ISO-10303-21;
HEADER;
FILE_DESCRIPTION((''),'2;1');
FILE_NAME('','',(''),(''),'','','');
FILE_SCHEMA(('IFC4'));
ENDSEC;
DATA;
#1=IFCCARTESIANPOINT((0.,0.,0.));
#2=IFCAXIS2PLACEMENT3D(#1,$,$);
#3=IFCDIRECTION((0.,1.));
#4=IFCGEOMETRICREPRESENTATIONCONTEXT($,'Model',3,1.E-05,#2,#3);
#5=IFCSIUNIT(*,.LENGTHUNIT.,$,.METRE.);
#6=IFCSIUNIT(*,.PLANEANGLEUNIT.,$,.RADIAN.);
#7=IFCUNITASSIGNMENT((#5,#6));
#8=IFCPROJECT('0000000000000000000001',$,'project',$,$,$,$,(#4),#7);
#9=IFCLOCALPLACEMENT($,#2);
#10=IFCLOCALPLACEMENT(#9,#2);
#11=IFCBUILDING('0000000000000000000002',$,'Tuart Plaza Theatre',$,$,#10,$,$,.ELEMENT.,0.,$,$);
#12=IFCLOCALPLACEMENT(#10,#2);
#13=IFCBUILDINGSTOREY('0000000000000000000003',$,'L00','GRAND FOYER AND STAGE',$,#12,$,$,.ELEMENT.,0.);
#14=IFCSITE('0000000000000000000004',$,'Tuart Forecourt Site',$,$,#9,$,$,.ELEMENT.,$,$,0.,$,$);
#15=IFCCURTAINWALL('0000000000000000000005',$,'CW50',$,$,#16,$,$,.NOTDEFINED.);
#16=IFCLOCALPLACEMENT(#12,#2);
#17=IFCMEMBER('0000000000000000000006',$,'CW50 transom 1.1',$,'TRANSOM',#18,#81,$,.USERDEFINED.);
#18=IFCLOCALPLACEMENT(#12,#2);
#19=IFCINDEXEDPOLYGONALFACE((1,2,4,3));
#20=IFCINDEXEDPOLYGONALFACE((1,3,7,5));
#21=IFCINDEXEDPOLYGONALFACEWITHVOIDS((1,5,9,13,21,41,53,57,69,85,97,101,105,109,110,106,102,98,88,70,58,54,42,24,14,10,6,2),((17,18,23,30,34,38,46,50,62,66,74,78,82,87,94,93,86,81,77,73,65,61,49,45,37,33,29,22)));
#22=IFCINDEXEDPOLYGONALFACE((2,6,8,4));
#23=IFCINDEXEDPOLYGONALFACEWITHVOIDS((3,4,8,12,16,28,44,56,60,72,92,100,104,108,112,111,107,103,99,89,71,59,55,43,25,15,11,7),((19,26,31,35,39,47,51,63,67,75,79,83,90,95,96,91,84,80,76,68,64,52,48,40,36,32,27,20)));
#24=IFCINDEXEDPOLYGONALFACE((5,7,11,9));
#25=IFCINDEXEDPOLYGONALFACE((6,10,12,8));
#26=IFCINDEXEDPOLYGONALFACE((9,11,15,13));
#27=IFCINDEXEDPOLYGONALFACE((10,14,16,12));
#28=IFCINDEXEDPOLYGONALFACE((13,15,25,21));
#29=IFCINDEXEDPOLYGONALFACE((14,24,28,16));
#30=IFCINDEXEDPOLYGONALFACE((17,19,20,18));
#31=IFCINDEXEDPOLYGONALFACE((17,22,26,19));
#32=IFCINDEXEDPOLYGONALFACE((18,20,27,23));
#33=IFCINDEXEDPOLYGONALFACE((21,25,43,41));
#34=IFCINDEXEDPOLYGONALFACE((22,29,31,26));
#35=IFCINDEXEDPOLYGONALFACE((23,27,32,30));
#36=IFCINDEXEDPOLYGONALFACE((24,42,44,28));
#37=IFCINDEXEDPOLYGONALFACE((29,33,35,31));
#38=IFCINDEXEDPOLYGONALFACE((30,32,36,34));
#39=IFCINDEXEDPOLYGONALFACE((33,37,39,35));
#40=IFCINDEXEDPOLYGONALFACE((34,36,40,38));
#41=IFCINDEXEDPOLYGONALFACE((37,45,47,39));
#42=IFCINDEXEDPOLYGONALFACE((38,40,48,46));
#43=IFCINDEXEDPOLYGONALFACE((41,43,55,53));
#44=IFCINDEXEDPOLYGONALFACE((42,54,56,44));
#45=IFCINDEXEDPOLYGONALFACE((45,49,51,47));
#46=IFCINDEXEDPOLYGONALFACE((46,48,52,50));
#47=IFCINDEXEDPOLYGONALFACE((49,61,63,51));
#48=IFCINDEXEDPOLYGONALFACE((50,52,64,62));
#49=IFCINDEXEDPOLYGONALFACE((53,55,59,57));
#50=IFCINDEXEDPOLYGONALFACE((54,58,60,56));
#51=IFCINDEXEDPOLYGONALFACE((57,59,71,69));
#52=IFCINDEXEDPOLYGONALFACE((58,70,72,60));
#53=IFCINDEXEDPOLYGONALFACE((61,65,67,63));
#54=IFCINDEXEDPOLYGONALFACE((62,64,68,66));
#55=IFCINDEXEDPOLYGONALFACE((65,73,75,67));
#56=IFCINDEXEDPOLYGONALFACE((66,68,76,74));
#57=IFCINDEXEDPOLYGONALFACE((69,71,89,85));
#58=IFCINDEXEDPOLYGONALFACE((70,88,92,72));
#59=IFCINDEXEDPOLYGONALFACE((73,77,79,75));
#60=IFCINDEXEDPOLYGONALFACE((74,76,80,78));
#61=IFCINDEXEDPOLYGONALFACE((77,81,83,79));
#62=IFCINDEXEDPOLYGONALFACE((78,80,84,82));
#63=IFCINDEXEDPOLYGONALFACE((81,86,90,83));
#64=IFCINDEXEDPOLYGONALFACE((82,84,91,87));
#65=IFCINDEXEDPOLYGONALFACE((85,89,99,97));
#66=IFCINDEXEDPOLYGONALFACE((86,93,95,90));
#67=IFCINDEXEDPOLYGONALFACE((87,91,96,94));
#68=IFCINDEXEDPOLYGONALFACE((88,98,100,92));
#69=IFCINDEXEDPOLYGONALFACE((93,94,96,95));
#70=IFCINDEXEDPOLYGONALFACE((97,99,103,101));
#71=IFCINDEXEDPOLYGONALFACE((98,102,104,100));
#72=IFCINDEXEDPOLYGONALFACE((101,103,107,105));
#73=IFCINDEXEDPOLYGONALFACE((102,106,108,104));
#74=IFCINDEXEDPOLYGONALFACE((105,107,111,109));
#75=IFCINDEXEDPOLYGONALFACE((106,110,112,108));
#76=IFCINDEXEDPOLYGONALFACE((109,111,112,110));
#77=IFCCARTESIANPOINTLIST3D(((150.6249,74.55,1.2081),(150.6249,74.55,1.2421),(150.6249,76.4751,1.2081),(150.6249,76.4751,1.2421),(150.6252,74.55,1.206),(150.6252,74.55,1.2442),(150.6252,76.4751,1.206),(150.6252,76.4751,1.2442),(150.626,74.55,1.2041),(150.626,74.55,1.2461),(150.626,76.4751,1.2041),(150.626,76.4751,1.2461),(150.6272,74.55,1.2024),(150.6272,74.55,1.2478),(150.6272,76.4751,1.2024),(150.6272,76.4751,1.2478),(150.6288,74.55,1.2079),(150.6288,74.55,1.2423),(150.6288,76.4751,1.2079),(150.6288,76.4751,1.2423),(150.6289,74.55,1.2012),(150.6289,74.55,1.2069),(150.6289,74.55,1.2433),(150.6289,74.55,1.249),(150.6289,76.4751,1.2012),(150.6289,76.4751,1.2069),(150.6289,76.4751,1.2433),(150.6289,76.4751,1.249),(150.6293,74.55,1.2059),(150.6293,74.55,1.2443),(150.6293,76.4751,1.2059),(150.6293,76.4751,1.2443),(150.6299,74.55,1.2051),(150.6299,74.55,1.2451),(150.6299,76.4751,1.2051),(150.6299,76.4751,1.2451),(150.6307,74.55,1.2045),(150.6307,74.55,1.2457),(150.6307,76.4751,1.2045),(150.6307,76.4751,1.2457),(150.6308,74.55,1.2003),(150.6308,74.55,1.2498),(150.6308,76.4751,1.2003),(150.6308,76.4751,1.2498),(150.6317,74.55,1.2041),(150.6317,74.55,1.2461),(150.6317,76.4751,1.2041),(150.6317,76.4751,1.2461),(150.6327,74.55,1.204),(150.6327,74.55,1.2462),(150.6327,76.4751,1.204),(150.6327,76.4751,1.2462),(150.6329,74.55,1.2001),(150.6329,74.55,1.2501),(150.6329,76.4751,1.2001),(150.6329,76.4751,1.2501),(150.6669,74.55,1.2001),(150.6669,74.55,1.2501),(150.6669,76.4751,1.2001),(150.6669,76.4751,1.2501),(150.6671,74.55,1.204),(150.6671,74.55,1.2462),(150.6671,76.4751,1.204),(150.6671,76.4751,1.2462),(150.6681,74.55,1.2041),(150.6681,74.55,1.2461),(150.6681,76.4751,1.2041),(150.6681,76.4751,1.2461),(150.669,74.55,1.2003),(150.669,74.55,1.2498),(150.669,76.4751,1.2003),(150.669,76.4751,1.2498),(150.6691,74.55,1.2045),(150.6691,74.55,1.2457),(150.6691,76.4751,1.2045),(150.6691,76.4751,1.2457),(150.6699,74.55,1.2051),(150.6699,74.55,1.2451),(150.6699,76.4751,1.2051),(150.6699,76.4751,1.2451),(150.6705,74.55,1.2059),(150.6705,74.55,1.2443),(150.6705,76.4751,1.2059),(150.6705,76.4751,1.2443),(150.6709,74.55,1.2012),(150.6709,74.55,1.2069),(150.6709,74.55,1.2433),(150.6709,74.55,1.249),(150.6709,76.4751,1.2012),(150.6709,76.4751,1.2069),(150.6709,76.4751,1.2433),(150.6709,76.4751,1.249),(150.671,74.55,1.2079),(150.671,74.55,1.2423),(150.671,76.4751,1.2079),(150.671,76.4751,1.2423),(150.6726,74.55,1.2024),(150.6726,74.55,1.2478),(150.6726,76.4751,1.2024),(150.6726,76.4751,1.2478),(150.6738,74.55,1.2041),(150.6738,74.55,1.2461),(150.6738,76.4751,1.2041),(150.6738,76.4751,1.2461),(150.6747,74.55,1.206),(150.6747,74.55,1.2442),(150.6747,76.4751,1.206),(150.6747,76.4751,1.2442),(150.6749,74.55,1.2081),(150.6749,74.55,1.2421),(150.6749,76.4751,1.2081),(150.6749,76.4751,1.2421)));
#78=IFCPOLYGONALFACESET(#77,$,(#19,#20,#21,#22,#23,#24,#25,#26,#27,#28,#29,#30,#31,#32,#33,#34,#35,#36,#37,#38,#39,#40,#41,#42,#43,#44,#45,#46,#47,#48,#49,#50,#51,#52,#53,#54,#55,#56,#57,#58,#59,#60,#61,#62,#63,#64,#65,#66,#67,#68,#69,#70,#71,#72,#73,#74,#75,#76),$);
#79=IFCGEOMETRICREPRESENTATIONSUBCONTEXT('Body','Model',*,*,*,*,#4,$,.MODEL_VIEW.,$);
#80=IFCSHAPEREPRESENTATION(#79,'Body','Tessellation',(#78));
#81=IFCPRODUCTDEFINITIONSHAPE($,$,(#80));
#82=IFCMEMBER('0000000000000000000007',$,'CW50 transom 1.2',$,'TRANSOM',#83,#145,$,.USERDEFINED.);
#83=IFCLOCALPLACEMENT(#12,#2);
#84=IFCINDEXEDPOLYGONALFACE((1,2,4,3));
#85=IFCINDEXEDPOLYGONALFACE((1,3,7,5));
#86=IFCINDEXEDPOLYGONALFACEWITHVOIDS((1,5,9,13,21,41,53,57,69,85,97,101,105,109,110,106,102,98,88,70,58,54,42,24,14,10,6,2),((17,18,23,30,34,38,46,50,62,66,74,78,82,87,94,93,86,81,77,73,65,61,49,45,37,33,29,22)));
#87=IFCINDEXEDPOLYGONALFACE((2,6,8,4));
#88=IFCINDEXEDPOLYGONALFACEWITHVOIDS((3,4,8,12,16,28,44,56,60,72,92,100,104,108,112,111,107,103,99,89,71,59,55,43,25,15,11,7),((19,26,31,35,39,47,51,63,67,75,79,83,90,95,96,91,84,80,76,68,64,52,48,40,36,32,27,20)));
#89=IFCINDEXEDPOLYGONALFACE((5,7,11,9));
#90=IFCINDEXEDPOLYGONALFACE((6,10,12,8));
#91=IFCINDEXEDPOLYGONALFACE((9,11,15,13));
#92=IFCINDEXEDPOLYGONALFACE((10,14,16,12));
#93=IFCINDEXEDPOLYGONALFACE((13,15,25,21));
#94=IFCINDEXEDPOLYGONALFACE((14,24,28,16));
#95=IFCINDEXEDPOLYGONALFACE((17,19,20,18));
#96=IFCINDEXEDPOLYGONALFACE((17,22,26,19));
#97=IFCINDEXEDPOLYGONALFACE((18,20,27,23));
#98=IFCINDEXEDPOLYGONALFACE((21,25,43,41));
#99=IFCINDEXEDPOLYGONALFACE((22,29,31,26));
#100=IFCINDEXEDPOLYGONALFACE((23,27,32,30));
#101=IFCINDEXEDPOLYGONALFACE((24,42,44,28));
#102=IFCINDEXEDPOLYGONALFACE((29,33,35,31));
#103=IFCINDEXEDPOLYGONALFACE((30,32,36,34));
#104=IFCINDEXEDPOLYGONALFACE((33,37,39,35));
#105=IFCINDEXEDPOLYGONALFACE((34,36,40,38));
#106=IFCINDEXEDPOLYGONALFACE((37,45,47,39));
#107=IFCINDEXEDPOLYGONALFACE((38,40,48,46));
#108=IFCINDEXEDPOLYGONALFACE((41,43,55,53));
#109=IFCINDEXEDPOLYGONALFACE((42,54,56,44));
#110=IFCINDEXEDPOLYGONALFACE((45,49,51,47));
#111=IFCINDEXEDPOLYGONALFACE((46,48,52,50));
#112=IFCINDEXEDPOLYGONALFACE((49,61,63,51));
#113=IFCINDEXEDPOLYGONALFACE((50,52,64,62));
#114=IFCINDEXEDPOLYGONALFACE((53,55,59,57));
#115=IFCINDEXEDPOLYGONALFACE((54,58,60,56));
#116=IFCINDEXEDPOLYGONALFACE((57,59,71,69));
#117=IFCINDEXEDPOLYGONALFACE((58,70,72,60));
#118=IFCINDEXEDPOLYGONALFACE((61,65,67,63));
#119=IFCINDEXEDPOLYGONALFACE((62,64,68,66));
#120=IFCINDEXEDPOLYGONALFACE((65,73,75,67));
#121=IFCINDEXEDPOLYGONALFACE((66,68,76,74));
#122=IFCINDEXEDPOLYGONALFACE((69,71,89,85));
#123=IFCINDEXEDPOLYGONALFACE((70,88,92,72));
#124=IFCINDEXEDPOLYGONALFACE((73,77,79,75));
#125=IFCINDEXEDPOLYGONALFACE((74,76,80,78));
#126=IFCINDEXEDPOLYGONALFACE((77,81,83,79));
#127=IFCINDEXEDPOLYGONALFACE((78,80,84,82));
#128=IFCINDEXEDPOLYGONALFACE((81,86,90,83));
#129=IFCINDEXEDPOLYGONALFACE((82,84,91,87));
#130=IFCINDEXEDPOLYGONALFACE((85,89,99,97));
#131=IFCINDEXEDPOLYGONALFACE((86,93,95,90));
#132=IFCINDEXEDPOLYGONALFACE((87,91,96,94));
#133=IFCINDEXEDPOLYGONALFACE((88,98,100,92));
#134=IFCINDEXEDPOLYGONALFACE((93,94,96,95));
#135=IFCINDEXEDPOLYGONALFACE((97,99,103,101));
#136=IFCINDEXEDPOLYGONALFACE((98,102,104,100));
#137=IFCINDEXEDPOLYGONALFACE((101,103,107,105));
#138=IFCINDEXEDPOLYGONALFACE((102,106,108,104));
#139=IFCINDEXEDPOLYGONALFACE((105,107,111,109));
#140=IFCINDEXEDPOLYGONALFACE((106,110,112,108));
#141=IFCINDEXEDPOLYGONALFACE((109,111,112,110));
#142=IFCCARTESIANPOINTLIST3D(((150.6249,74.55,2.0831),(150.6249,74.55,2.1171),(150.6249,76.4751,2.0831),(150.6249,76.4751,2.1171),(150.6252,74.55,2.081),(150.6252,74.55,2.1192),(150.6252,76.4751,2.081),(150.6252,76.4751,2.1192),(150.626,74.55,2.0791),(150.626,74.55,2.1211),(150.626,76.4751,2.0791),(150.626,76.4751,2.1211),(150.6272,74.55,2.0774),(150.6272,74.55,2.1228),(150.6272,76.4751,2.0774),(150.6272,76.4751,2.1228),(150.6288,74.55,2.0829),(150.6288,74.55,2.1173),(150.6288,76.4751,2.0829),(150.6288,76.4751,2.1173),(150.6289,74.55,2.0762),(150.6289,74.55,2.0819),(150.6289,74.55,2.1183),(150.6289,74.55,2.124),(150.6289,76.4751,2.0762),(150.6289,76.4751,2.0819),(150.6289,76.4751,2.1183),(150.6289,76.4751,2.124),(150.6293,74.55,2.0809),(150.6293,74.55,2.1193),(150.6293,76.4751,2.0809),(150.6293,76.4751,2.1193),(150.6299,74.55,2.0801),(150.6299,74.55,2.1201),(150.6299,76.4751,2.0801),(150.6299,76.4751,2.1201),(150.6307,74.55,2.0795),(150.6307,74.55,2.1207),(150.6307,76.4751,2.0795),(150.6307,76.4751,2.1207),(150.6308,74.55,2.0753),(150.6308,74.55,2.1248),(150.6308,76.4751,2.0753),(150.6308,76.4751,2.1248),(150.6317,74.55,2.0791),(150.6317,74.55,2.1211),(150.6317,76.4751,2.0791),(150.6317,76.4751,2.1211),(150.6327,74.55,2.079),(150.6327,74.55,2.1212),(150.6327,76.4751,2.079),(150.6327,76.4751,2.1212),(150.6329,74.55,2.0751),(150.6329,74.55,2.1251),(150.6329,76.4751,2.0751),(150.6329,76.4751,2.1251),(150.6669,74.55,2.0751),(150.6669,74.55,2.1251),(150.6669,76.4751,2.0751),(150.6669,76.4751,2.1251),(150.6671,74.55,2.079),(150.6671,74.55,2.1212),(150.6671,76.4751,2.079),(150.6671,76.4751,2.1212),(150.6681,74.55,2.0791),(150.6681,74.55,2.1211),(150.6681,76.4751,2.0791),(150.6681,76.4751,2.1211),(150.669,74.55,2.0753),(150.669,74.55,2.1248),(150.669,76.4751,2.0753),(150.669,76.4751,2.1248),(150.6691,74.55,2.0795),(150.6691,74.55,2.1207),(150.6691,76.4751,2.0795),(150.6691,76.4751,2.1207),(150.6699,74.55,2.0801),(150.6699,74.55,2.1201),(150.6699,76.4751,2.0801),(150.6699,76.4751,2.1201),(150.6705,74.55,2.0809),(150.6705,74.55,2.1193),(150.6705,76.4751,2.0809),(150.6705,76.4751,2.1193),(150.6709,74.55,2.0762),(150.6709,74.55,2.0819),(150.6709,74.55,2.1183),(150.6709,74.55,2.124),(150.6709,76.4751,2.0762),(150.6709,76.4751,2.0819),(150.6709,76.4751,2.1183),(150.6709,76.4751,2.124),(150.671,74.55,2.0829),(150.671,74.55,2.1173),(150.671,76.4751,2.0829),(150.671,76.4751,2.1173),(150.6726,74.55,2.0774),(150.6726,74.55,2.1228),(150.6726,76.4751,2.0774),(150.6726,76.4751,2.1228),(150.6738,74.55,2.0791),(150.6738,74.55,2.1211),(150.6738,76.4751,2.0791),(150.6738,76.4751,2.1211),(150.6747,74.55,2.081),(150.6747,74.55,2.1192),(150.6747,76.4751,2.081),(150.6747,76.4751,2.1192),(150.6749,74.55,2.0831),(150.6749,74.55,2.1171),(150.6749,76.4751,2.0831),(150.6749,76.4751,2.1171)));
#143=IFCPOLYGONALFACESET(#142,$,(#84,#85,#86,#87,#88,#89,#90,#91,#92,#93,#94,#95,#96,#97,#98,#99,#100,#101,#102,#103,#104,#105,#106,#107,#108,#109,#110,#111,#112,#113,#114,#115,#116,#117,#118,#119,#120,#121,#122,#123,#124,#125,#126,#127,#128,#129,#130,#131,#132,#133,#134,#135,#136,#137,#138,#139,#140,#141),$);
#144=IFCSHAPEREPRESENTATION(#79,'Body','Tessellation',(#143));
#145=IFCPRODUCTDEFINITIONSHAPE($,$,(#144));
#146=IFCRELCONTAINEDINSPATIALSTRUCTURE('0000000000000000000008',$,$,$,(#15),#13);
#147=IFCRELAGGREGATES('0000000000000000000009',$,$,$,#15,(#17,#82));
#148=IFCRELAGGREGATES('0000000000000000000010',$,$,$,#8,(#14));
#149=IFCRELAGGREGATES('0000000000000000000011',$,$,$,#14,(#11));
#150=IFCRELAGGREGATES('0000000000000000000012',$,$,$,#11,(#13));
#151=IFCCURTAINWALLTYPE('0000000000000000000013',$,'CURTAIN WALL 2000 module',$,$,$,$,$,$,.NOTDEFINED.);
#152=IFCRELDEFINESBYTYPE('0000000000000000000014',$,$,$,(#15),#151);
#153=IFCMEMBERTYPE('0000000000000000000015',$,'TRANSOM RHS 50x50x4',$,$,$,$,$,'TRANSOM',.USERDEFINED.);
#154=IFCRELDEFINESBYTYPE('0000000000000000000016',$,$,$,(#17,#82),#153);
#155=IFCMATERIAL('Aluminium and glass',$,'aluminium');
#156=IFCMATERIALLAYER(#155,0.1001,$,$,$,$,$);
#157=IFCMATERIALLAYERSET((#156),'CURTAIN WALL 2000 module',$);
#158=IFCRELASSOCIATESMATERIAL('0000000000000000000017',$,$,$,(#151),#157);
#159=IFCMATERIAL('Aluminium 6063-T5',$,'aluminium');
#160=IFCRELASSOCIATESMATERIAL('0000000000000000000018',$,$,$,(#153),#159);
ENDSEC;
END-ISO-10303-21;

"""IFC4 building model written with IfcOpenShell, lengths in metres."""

from ifc_helpers import new_model, si_unit, direction, frame, origin, origin_2d, place, context, subcontext, project, spatial, hollow_rectangle, extrude, material, layer, layer_set, material_profile, profile_set, type_object, element, aggregate, save


model = new_model("IFC4")

# Units and contexts
model_context = context("Model", 3, precision=1e-05, world=origin(), true_north=direction((0.0, 1.0)))
body_context = subcontext(model_context, "Body", "Model", "MODEL_VIEW")
ifc_project = project(units=[si_unit("LENGTHUNIT", "METRE"), si_unit("PLANEANGLEUNIT", "RADIAN")], contexts=[model_context])

# Site, building, storey
site_placement = place(None, origin())
site = spatial("IfcSite", under=ifc_project, at=site_placement, Name="Tuart Forecourt Site", CompositionType="ELEMENT", RefElevation=0.0)
building_placement = place(site_placement, origin())
building = spatial("IfcBuilding", under=site, at=building_placement, Name="Tuart Plaza Theatre", CompositionType="ELEMENT", ElevationOfRefHeight=0.0)
storey_placement = place(building_placement, origin())
storey = spatial("IfcBuildingStorey", under=building, at=storey_placement, Name="L00", Description="GRAND FOYER AND STAGE", CompositionType="ELEMENT", Elevation=0.0)

# Curtain wall, members
ifc_material_1 = material(Name="Aluminium and glass", Category="aluminium")
ifc_layer_1 = layer(ifc_material_1, 0.1001)
ifc_layer_set_1 = layer_set([ifc_layer_1], Name="CURTAIN WALL 2000 module")
curtain_wall_type = type_object("IfcCurtainWallType", Name="CURTAIN WALL 2000 module", PredefinedType="NOTDEFINED", material=ifc_layer_set_1)
curtain_wall_1_placement = place(storey_placement, origin())
curtain_wall_1 = element("IfcCurtainWall", 1, at=curtain_wall_1_placement, inside=storey, type_object=curtain_wall_type, Name="CW50", PredefinedType="NOTDEFINED")
ifc_material_2 = material(Name="Aluminium 6063-T5", Category="aluminium")
ifc_material_profile_1 = material_profile(ifc_material_2, hollow_rectangle(XDim=0.05, YDim=0.05, WallThickness=0.0039, InnerFilletRadius=0.0039, OuterFilletRadius=0.0081, at=origin_2d()), Name="RHS 50x50x4")
ifc_profile_set_1 = profile_set([ifc_material_profile_1], Name="Aluminium 6063-T5")
member_type_1 = type_object("IfcMemberType", Name="TRANSOM RHS 50x50x4", ElementType="TRANSOM", PredefinedType="USERDEFINED", material=ifc_profile_set_1)
member_1_placement = place(storey_placement, frame((150.6499, 74.55, 1.2251), z_axis=(0.0, 1.0, 0.0), x_axis=(-1.0, 0.0, 0.0)))
member_1 = element("IfcMember", 2, at=member_1_placement, type_object=member_type_1, Name="CW50 transom 1.1", ObjectType="TRANSOM", PredefinedType="USERDEFINED", context=body_context, shape_type="SweptSolid", body=[
    extrude(hollow_rectangle(XDim=0.05, YDim=0.05, WallThickness=0.0039, InnerFilletRadius=0.0039, OuterFilletRadius=0.0081, at=origin_2d()), origin(), (0.0, 0.0, 1.0), 1.925),
])
member_2_placement = place(storey_placement, frame((150.6499, 74.55, 2.1001), z_axis=(0.0, 1.0, 0.0), x_axis=(-1.0, 0.0, 0.0)))
member_2 = element("IfcMember", 3, at=member_2_placement, type_object=member_type_1, Name="CW50 transom 1.2", ObjectType="TRANSOM", PredefinedType="USERDEFINED", context=body_context, shape_type="SweptSolid", body=[
    extrude(hollow_rectangle(XDim=0.05, YDim=0.05, WallThickness=0.0039, InnerFilletRadius=0.0039, OuterFilletRadius=0.0081, at=origin_2d()), origin(), (0.0, 0.0, 1.0), 1.925),
])

aggregate(curtain_wall_1, [member_1, member_2])

save(model, "model.ifc")
